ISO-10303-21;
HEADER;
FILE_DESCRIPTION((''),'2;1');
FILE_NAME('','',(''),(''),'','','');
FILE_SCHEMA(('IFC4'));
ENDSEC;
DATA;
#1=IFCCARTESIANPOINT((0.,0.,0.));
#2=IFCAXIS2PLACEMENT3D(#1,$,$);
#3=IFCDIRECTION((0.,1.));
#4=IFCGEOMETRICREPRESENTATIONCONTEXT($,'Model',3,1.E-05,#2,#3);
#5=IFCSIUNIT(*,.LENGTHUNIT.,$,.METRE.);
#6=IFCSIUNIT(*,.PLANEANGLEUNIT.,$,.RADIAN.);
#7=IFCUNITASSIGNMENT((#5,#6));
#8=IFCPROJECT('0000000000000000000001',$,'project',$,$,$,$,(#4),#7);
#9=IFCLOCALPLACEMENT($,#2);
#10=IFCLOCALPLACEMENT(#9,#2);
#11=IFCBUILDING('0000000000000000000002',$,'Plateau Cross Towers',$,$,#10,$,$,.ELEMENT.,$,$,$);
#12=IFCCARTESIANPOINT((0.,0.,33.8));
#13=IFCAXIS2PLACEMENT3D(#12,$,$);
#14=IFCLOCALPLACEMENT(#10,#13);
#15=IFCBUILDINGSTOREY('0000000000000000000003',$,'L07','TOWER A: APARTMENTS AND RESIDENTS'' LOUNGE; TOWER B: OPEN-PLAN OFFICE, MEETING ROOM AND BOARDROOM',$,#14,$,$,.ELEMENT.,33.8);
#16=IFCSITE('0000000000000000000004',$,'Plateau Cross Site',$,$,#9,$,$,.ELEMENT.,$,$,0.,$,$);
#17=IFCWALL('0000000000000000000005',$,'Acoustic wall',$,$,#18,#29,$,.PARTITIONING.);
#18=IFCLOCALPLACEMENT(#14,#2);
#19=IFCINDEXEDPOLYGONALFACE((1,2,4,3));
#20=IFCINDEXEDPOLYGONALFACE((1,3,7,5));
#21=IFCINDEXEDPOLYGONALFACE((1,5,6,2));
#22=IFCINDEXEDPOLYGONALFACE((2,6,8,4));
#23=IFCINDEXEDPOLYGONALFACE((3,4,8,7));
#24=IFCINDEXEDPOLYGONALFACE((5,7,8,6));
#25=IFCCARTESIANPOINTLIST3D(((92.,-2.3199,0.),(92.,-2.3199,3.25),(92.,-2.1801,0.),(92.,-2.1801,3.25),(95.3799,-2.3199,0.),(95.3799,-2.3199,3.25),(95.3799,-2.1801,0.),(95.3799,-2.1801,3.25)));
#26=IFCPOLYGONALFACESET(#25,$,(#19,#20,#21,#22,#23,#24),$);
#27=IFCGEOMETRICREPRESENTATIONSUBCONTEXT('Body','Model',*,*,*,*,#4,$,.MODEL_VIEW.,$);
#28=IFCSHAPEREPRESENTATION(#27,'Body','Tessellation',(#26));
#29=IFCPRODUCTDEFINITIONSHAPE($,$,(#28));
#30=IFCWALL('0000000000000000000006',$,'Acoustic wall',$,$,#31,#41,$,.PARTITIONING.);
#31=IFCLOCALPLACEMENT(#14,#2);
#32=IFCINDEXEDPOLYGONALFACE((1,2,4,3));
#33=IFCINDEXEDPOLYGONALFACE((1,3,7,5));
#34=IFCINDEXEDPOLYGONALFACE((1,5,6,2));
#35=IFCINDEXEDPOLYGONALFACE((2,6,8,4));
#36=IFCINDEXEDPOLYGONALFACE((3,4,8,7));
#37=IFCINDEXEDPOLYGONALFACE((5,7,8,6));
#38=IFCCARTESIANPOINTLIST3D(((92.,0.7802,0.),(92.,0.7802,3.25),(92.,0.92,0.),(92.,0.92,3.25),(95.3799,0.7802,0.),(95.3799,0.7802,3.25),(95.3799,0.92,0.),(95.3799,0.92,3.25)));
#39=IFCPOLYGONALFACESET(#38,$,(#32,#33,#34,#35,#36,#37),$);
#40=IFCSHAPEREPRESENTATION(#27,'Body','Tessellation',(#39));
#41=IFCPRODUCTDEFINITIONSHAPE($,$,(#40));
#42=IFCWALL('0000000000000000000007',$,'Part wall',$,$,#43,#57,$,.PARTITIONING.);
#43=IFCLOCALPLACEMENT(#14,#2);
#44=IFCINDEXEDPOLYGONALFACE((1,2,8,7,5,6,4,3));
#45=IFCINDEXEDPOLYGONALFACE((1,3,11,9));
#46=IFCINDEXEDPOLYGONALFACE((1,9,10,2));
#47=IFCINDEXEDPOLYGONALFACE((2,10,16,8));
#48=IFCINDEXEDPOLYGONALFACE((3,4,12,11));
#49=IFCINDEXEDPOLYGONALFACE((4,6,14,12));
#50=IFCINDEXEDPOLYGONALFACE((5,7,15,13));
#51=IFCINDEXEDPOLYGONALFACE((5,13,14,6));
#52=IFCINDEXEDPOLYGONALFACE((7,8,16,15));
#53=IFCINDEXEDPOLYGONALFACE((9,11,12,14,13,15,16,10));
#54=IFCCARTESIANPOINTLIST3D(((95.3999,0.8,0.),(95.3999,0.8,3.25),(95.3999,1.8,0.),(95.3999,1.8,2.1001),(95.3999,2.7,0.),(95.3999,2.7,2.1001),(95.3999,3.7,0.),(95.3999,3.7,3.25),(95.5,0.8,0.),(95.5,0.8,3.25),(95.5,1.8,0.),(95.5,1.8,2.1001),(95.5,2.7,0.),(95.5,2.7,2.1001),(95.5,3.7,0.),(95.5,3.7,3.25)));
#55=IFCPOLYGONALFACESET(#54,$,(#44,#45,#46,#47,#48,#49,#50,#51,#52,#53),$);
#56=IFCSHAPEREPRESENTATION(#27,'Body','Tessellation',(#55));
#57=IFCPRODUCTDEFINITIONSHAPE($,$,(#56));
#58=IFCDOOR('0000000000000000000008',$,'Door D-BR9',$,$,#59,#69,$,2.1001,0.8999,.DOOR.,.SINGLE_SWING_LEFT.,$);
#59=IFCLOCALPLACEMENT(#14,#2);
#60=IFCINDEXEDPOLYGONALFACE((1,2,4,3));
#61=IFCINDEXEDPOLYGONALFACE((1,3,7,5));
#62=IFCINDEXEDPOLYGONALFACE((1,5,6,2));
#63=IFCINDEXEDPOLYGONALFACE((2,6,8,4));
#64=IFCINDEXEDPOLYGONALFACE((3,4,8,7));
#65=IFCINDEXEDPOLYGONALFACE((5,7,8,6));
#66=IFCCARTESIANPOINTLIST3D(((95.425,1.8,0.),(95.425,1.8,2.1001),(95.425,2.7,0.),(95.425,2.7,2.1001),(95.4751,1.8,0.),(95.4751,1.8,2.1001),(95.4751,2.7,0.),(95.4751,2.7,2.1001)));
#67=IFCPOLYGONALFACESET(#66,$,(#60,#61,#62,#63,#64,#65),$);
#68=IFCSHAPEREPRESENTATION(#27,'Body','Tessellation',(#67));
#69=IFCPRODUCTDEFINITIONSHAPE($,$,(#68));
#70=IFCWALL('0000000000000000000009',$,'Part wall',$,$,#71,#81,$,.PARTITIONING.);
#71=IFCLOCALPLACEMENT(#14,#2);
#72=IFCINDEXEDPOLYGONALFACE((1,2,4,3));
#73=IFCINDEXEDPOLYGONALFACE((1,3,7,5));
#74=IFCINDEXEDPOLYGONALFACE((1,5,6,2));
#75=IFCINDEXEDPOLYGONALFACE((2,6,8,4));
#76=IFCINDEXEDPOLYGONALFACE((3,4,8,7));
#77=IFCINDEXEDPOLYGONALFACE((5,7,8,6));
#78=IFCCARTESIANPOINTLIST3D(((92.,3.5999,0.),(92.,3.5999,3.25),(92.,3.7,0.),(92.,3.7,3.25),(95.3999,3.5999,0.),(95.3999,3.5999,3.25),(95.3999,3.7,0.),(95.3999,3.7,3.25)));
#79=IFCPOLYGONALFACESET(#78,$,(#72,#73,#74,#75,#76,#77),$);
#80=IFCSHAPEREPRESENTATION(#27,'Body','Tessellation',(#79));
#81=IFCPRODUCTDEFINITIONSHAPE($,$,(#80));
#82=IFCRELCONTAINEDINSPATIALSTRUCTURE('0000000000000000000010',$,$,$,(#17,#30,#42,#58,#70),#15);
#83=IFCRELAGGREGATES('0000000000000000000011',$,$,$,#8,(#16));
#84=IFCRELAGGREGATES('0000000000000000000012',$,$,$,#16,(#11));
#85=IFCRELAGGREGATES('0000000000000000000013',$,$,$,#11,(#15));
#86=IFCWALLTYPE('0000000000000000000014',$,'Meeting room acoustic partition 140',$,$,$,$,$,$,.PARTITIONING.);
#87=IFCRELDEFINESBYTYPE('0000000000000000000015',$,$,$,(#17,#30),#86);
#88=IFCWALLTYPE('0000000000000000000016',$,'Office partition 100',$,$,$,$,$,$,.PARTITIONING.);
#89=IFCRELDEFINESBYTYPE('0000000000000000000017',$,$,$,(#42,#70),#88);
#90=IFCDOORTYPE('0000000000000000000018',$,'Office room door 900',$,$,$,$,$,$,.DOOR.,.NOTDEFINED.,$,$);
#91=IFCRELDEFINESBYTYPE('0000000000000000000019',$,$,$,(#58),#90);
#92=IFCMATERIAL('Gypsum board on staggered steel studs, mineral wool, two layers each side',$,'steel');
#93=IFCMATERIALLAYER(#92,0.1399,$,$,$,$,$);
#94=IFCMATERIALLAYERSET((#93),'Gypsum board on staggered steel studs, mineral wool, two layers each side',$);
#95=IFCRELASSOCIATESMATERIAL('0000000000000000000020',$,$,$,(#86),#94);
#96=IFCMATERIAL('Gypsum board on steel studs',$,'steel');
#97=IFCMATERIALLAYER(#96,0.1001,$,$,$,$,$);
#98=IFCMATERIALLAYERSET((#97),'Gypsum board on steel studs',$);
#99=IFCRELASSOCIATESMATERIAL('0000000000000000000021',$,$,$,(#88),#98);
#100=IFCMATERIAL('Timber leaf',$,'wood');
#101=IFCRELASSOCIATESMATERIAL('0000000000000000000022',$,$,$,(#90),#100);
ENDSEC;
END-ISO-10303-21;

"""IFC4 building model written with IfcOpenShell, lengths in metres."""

from ifc_helpers import new_model, si_unit, direction, frame, frame_2d, origin, place, context, subcontext, project, spatial, rectangle, extrude, material, layer, layer_set, type_object, element, fill, save


model = new_model("IFC4")

# Units and contexts
model_context = context("Model", 3, precision=1e-05, world=origin(), true_north=direction((0.0, 1.0)))
body_context = subcontext(model_context, "Body", "Model", "MODEL_VIEW")
ifc_project = project(units=[si_unit("LENGTHUNIT", "METRE"), si_unit("PLANEANGLEUNIT", "RADIAN")], contexts=[model_context])

# Site, building, storey
site_placement = place(None, origin())
site = spatial("IfcSite", under=ifc_project, at=site_placement, Name="Plateau Cross Site", CompositionType="ELEMENT", RefElevation=0.0)
building_placement = place(site_placement, origin())
building = spatial("IfcBuilding", under=site, at=building_placement, Name="Plateau Cross Towers", CompositionType="ELEMENT")
storey_placement = place(building_placement, frame((0.0, 0.0, 33.8)))
storey = spatial("IfcBuildingStorey", under=building, at=storey_placement, Name="L07", Description="TOWER A: APARTMENTS AND RESIDENTS' LOUNGE; TOWER B: OPEN-PLAN OFFICE, MEETING ROOM AND BOARDROOM", CompositionType="ELEMENT", Elevation=33.8)

# Shared definitions
ifc_material_1 = material(Name="Gypsum board on staggered steel studs, mineral wool, two layers each side", Category="steel")
ifc_layer_1 = layer(ifc_material_1, 0.1399)
ifc_layer_set_1 = layer_set([ifc_layer_1], Name="Gypsum board on staggered steel studs, mineral wool, two layers each side")
wall_type_1 = type_object("IfcWallType", Name="Meeting room acoustic partition 140", PredefinedType="PARTITIONING", material=ifc_layer_set_1)

# Wall
wall_1_placement = place(storey_placement, frame((92.0, -2.25, 0.0), z_axis=(0.0, 0.0, 1.0), x_axis=(1.0, 0.0, 0.0)))
element("IfcWall", 1, at=wall_1_placement, inside=storey, type_object=wall_type_1, Name="Acoustic wall", PredefinedType="PARTITIONING", context=body_context, shape_type="SweptSolid", body=[
    extrude(rectangle(XDim=3.3799, YDim=0.1399, at=frame_2d((1.6899, 0.0))), origin(), (0.0, 0.0, 1.0), 3.25),
])

# Wall
wall_2_placement = place(storey_placement, frame((92.0, 0.8501, 0.0), z_axis=(0.0, 0.0, 1.0), x_axis=(1.0, 0.0, 0.0)))
element("IfcWall", 2, at=wall_2_placement, inside=storey, type_object=wall_type_1, Name="Acoustic wall", PredefinedType="PARTITIONING", context=body_context, shape_type="SweptSolid", body=[
    extrude(rectangle(XDim=3.3799, YDim=0.1399, at=frame_2d((1.6899, 0.0))), origin(), (0.0, 0.0, 1.0), 3.25),
])

# Wall, opening, door
ifc_material_2 = material(Name="Gypsum board on steel studs", Category="steel")
ifc_layer_2 = layer(ifc_material_2, 0.1001)
ifc_layer_set_2 = layer_set([ifc_layer_2], Name="Gypsum board on steel studs")
wall_type_2 = type_object("IfcWallType", Name="Office partition 100", PredefinedType="PARTITIONING", material=ifc_layer_set_2)
wall_3_placement = place(storey_placement, frame((95.45, 0.8, 0.0), z_axis=(0.0, 0.0, 1.0), x_axis=(0.0, 1.0, 0.0)))
wall_3 = element("IfcWall", 3, at=wall_3_placement, inside=storey, type_object=wall_type_2, Name="Part wall", PredefinedType="PARTITIONING", context=body_context, shape_type="SweptSolid", body=[
    extrude(rectangle(XDim=2.8999, YDim=0.1001, at=frame_2d((1.45, 0.0))), origin(), (0.0, 0.0, 1.0), 3.25),
])
opening_1_placement = place(wall_3_placement, frame((1.0, 0.0, 0.0)))
opening_1 = element("IfcOpeningElement", 4, at=opening_1_placement, cuts=wall_3, PredefinedType="OPENING", context=body_context, shape_type="SweptSolid", body=[
    extrude(rectangle(XDim=0.8999, YDim=2.1001, at=frame_2d((0.45, 1.05))), frame((0.0, 0.0601, 0.0), z_axis=(0.0, -1.0, 0.0), x_axis=(1.0, 0.0, 0.0)), (0.0, 0.0, 1.0), 0.1201),
])
ifc_material_3 = material(Name="Timber leaf", Category="wood")
door_type_1 = type_object("IfcDoorType", Name="Office room door 900", OperationType="NOTDEFINED", PredefinedType="DOOR", material=ifc_material_3)
door_1_placement = place(opening_1_placement, origin())
door_1 = element("IfcDoor", 5, at=door_1_placement, inside=storey, type_object=door_type_1, Name="Door D-BR9", OperationType="SINGLE_SWING_LEFT", OverallHeight=2.1001, OverallWidth=0.8999, PredefinedType="DOOR", context=body_context, shape_type="SweptSolid", body=[
    extrude(rectangle(XDim=0.8999, YDim=2.1001, at=frame_2d((0.45, 1.05))), frame((0.0, 0.0249, 0.0), z_axis=(0.0, -1.0, 0.0), x_axis=(1.0, 0.0, 0.0)), (0.0, 0.0, 1.0), 0.05),
])
fill(opening_1, door_1)

# Wall
wall_4_placement = place(storey_placement, frame((92.0, 3.6499, 0.0), z_axis=(0.0, 0.0, 1.0), x_axis=(1.0, 0.0, 0.0)))
element("IfcWall", 6, at=wall_4_placement, inside=storey, type_object=wall_type_2, Name="Part wall", PredefinedType="PARTITIONING", context=body_context, shape_type="SweptSolid", body=[
    extrude(rectangle(XDim=3.3999, YDim=0.1001, at=frame_2d((1.7, 0.0))), origin(), (0.0, 0.0, 1.0), 3.25),
])

save(model, "model.ifc")
